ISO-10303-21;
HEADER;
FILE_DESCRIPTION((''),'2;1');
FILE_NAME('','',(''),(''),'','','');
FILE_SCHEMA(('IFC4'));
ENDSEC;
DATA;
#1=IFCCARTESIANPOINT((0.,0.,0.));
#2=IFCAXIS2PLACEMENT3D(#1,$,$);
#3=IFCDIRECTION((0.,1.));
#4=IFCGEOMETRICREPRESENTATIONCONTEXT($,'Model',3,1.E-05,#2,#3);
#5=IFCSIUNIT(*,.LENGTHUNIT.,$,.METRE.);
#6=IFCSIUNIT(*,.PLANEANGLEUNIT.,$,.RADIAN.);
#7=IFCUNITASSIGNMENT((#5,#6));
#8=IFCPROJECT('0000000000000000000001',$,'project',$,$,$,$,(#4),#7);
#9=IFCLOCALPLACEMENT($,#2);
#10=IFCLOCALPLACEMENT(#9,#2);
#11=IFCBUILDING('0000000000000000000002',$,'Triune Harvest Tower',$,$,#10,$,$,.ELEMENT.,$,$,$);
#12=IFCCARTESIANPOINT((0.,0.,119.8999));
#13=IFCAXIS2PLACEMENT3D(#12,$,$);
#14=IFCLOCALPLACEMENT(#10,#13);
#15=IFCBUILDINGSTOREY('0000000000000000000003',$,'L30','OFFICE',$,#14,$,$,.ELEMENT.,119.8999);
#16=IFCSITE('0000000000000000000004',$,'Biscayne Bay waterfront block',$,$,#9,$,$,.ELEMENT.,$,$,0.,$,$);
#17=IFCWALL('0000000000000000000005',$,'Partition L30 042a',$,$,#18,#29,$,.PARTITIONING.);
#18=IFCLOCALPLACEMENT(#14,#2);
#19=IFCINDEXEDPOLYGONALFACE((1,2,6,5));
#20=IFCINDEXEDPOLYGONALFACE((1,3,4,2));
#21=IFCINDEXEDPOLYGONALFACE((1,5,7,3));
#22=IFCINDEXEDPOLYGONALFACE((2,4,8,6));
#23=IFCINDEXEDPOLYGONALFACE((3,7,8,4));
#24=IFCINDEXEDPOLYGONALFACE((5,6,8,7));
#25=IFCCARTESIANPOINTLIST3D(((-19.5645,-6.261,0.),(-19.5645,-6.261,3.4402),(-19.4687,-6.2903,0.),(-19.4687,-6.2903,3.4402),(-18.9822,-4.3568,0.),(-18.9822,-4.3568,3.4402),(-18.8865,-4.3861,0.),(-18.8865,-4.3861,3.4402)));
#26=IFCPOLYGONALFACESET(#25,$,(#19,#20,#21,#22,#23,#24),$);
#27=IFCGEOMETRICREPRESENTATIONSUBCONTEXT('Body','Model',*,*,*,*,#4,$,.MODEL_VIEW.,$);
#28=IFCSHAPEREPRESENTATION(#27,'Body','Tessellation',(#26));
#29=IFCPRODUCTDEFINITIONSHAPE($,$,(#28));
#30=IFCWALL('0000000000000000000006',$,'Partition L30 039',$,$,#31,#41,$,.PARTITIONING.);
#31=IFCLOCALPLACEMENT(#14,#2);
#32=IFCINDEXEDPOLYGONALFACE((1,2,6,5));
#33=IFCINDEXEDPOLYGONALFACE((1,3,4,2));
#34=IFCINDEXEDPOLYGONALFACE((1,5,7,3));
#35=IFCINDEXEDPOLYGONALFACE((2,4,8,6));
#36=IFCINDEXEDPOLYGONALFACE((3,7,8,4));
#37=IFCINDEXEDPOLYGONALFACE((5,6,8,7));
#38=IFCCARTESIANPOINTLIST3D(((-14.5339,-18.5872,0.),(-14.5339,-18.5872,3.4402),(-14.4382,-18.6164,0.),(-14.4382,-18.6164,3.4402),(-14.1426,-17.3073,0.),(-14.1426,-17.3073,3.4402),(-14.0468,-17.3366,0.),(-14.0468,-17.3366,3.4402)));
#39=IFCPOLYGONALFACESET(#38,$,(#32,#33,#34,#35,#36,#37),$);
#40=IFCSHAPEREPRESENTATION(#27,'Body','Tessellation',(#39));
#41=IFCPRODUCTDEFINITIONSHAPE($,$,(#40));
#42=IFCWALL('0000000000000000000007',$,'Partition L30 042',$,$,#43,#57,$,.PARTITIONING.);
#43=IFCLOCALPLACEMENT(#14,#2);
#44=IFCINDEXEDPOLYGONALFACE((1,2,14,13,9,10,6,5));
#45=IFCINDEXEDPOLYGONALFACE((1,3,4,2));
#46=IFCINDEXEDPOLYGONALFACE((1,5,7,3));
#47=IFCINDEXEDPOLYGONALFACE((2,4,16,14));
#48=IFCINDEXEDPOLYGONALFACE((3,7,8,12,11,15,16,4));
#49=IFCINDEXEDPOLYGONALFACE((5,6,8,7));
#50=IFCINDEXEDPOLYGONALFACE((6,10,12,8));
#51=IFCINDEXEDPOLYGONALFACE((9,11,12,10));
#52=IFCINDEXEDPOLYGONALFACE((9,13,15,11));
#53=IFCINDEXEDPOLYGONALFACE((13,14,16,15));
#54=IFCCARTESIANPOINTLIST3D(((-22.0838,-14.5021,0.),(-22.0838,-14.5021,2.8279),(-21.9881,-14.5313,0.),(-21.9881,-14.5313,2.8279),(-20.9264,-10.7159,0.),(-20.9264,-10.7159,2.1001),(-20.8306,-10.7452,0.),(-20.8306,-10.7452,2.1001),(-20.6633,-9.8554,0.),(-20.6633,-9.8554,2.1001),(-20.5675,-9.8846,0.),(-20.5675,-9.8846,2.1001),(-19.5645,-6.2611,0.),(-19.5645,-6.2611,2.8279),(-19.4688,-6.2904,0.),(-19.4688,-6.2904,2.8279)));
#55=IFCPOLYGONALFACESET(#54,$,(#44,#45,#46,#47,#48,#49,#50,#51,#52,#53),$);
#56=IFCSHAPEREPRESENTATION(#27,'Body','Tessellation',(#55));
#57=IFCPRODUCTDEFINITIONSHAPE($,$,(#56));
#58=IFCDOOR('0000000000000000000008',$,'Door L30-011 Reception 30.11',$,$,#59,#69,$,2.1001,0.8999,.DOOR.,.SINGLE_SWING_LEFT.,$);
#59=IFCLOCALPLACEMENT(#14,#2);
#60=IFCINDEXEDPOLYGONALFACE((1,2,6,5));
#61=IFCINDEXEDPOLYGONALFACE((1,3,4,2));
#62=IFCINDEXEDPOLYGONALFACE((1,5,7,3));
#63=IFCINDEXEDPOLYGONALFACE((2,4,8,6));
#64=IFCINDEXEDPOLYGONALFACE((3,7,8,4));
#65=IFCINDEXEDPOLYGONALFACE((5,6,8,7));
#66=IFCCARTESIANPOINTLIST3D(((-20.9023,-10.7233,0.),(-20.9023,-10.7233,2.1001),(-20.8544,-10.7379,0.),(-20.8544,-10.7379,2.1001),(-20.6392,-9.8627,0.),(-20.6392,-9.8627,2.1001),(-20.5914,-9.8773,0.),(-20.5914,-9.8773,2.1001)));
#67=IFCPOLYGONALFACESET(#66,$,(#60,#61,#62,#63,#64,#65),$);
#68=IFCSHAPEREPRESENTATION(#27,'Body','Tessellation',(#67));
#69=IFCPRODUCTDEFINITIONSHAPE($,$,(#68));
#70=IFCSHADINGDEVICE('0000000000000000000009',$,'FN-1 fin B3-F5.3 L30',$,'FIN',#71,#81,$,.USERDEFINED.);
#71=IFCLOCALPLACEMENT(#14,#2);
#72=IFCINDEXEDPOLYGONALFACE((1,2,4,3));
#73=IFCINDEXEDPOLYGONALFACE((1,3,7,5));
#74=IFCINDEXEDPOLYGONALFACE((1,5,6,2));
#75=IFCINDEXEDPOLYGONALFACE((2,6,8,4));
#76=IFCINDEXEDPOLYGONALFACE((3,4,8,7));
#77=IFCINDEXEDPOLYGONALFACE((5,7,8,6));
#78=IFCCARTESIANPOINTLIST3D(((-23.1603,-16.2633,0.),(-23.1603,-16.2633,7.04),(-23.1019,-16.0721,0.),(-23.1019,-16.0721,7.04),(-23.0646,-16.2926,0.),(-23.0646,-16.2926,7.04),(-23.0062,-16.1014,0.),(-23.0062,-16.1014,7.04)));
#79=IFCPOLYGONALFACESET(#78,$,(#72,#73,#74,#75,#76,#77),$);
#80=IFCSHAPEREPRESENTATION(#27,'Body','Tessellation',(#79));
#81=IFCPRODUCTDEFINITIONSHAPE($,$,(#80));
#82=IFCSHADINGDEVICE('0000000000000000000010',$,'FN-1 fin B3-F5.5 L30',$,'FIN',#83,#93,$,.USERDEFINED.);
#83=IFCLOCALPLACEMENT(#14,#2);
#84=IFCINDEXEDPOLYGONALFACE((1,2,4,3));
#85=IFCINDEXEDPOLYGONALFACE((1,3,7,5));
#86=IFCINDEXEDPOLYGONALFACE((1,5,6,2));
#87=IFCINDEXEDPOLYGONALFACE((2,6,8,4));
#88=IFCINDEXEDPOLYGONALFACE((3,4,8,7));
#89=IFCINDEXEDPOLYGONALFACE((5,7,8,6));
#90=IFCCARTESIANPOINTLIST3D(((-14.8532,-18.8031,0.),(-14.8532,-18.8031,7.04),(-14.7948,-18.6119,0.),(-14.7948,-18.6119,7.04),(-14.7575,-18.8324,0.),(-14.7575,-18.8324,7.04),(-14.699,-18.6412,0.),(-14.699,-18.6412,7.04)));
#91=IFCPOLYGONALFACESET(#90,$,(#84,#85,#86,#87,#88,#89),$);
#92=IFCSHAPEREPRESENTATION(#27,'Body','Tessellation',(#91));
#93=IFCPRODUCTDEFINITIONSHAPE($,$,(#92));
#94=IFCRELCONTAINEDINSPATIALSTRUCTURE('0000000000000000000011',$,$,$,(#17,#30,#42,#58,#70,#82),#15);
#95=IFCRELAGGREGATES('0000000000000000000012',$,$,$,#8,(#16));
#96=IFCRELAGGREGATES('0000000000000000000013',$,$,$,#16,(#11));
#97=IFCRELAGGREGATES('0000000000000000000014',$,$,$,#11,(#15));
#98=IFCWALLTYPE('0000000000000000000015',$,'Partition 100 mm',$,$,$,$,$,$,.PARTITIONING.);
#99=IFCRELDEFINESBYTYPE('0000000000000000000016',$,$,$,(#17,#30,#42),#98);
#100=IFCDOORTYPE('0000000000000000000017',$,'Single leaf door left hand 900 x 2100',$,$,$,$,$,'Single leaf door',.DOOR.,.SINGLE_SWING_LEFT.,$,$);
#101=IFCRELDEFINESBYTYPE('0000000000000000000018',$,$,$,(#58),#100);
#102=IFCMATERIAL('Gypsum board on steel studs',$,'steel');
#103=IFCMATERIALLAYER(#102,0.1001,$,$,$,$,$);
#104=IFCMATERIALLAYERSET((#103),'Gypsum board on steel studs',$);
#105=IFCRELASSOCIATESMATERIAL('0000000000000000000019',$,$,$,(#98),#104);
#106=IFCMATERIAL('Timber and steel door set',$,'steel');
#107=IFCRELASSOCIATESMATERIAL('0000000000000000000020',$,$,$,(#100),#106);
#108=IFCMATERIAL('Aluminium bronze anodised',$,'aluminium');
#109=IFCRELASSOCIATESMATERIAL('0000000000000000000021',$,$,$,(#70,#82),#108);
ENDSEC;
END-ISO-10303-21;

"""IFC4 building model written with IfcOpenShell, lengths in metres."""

from ifc_helpers import new_model, si_unit, direction, frame, frame_2d, origin, origin_2d, place, context, subcontext, project, spatial, rectangle, extrude, source, transform, mapped, material, layer, layer_set, type_object, element, fill, save


model = new_model("IFC4")

# Units and contexts
model_context = context("Model", 3, precision=1e-05, world=origin(), true_north=direction((0.0, 1.0)))
body_context = subcontext(model_context, "Body", "Model", "MODEL_VIEW")
ifc_project = project(units=[si_unit("LENGTHUNIT", "METRE"), si_unit("PLANEANGLEUNIT", "RADIAN")], contexts=[model_context])

# Site, building, storey
site_placement = place(None, origin())
site = spatial("IfcSite", under=ifc_project, at=site_placement, Name="Biscayne Bay waterfront block", CompositionType="ELEMENT", RefElevation=0.0)
building_placement = place(site_placement, origin())
building = spatial("IfcBuilding", under=site, at=building_placement, Name="Triune Harvest Tower", CompositionType="ELEMENT")
storey_placement = place(building_placement, frame((0.0, 0.0, 119.8999)))
storey = spatial("IfcBuildingStorey", under=building, at=storey_placement, Name="L30", Description="OFFICE", CompositionType="ELEMENT", Elevation=119.8999)

# Walls
ifc_material_1 = material(Name="Gypsum board on steel studs", Category="steel")
ifc_layer_1 = layer(ifc_material_1, 0.1001)
ifc_layer_set_1 = layer_set([ifc_layer_1], Name="Gypsum board on steel studs")
wall_type_1 = type_object("IfcWallType", Name="Partition 100 mm", PredefinedType="PARTITIONING", material=ifc_layer_set_1)
shared_shape_1 = source(origin(), body_context, "Body", "SweptSolid", [
    extrude(rectangle(XDim=1.9912, YDim=0.1001, at=frame_2d((0.9956, 0.0))), origin(), (0.0, 0.0, 1.0), 3.4402),
])
wall_1_placement = place(storey_placement, frame((-19.5166, -6.2756, 0.0), z_axis=(0.0, 0.0, 1.0), x_axis=(0.292405, 0.956294, 0.0)))
element("IfcWall", 1, at=wall_1_placement, inside=storey, type_object=wall_type_1, Name="Partition L30 042a", PredefinedType="PARTITIONING", context=body_context, shape_type="MappedRepresentation", body=[
    mapped(shared_shape_1, transform((0.0, 0.0, 0.0), scale=1.0)),
])
shared_shape_2 = source(origin(), body_context, "Body", "SweptSolid", [
    extrude(rectangle(XDim=1.3384, YDim=0.1001, at=frame_2d((0.6692, 0.0))), origin(), (0.0, 0.0, 1.0), 3.4402),
])
wall_2_placement = place(storey_placement, frame((-14.4861, -18.6018, 0.0), z_axis=(0.0, 0.0, 1.0), x_axis=(0.292432, 0.956286, 0.0)))
element("IfcWall", 2, at=wall_2_placement, inside=storey, type_object=wall_type_1, Name="Partition L30 039", PredefinedType="PARTITIONING", context=body_context, shape_type="MappedRepresentation", body=[
    mapped(shared_shape_2, transform((0.0, 0.0, 0.0), scale=1.0)),
])

# Wall, opening, door
shared_shape_3 = source(origin(), body_context, "Body", "SweptSolid", [
    extrude(rectangle(XDim=8.6174, YDim=0.1001, at=frame_2d((4.3086, 0.0))), origin(), (0.0, 0.0, 1.0), 2.8279),
])
wall_3_placement = place(storey_placement, frame((-22.0359, -14.5166, 0.0), z_axis=(0.0, 0.0, 1.0), x_axis=(0.292347, 0.956312, 0.0)))
wall_3 = element("IfcWall", 3, at=wall_3_placement, inside=storey, type_object=wall_type_1, Name="Partition L30 042", PredefinedType="PARTITIONING", context=body_context, shape_type="MappedRepresentation", body=[
    mapped(shared_shape_3, transform((0.0, 0.0, 0.0), scale=1.0)),
])
opening_1_placement = place(wall_3_placement, frame((3.959, 0.0, 0.0)))
opening_1 = element("IfcOpeningElement", 4, at=opening_1_placement, cuts=wall_3, PredefinedType="OPENING", context=body_context, shape_type="SweptSolid", body=[
    extrude(rectangle(XDim=0.8999, YDim=2.1001, at=frame_2d((0.45, 1.05))), frame((0.0, 0.0601, 0.0), z_axis=(0.0, -1.0, 0.0), x_axis=(1.0, 0.0, 0.0)), (0.0, 0.0, 1.0), 0.1201),
])
ifc_material_2 = material(Name="Timber and steel door set", Category="steel")
door_type_1 = type_object("IfcDoorType", Name="Single leaf door left hand 900 x 2100", ElementType="Single leaf door", OperationType="SINGLE_SWING_LEFT", PredefinedType="DOOR", material=ifc_material_2)
door_1_placement = place(opening_1_placement, origin())
door_1 = element("IfcDoor", 5, at=door_1_placement, inside=storey, type_object=door_type_1, Name="Door L30-011 Reception 30.11", OperationType="SINGLE_SWING_LEFT", OverallHeight=2.1001, OverallWidth=0.8999, PredefinedType="DOOR", context=body_context, shape_type="SweptSolid", body=[
    extrude(rectangle(XDim=0.8999, YDim=2.1001, at=frame_2d((0.45, 1.05))), frame((0.0, 0.0249, 0.0), z_axis=(0.0, -1.0, 0.0), x_axis=(1.0, 0.0, 0.0)), (0.0, 0.0, 1.0), 0.05),
])
fill(opening_1, door_1)

# Shading devices
ifc_material_3 = material(Name="Aluminium bronze anodised", Category="aluminium")
shared_shape_4 = source(origin(), body_context, "Body", "SweptSolid", [
    extrude(rectangle(XDim=0.1001, YDim=0.2, at=origin_2d()), origin(), (0.0, 0.0, 1.0), 7.04),
])
for number, where, z_axis, x_axis, name in (
    (6, (-23.0833, -16.1824, 0.0), (0.0, 0.0, 1.0), (0.956304, -0.292373, 0.0), "FN-1 fin B3-F5.3 L30"),
    (7, (-14.7761, -18.7222, 0.0), (0.0, 0.0, 1.0), (0.956304, -0.292373, 0.0), "FN-1 fin B3-F5.5 L30"),
):
    element("IfcShadingDevice", number, at=place(storey_placement, frame(where, z_axis=z_axis, x_axis=x_axis)), inside=storey, material=ifc_material_3, Name=name, ObjectType="FIN", PredefinedType="USERDEFINED", context=body_context, shape_type="MappedRepresentation", body=[
        mapped(shared_shape_4, transform((0.0, 0.0, 0.0), scale=1.0)),
    ])

save(model, "model.ifc")
